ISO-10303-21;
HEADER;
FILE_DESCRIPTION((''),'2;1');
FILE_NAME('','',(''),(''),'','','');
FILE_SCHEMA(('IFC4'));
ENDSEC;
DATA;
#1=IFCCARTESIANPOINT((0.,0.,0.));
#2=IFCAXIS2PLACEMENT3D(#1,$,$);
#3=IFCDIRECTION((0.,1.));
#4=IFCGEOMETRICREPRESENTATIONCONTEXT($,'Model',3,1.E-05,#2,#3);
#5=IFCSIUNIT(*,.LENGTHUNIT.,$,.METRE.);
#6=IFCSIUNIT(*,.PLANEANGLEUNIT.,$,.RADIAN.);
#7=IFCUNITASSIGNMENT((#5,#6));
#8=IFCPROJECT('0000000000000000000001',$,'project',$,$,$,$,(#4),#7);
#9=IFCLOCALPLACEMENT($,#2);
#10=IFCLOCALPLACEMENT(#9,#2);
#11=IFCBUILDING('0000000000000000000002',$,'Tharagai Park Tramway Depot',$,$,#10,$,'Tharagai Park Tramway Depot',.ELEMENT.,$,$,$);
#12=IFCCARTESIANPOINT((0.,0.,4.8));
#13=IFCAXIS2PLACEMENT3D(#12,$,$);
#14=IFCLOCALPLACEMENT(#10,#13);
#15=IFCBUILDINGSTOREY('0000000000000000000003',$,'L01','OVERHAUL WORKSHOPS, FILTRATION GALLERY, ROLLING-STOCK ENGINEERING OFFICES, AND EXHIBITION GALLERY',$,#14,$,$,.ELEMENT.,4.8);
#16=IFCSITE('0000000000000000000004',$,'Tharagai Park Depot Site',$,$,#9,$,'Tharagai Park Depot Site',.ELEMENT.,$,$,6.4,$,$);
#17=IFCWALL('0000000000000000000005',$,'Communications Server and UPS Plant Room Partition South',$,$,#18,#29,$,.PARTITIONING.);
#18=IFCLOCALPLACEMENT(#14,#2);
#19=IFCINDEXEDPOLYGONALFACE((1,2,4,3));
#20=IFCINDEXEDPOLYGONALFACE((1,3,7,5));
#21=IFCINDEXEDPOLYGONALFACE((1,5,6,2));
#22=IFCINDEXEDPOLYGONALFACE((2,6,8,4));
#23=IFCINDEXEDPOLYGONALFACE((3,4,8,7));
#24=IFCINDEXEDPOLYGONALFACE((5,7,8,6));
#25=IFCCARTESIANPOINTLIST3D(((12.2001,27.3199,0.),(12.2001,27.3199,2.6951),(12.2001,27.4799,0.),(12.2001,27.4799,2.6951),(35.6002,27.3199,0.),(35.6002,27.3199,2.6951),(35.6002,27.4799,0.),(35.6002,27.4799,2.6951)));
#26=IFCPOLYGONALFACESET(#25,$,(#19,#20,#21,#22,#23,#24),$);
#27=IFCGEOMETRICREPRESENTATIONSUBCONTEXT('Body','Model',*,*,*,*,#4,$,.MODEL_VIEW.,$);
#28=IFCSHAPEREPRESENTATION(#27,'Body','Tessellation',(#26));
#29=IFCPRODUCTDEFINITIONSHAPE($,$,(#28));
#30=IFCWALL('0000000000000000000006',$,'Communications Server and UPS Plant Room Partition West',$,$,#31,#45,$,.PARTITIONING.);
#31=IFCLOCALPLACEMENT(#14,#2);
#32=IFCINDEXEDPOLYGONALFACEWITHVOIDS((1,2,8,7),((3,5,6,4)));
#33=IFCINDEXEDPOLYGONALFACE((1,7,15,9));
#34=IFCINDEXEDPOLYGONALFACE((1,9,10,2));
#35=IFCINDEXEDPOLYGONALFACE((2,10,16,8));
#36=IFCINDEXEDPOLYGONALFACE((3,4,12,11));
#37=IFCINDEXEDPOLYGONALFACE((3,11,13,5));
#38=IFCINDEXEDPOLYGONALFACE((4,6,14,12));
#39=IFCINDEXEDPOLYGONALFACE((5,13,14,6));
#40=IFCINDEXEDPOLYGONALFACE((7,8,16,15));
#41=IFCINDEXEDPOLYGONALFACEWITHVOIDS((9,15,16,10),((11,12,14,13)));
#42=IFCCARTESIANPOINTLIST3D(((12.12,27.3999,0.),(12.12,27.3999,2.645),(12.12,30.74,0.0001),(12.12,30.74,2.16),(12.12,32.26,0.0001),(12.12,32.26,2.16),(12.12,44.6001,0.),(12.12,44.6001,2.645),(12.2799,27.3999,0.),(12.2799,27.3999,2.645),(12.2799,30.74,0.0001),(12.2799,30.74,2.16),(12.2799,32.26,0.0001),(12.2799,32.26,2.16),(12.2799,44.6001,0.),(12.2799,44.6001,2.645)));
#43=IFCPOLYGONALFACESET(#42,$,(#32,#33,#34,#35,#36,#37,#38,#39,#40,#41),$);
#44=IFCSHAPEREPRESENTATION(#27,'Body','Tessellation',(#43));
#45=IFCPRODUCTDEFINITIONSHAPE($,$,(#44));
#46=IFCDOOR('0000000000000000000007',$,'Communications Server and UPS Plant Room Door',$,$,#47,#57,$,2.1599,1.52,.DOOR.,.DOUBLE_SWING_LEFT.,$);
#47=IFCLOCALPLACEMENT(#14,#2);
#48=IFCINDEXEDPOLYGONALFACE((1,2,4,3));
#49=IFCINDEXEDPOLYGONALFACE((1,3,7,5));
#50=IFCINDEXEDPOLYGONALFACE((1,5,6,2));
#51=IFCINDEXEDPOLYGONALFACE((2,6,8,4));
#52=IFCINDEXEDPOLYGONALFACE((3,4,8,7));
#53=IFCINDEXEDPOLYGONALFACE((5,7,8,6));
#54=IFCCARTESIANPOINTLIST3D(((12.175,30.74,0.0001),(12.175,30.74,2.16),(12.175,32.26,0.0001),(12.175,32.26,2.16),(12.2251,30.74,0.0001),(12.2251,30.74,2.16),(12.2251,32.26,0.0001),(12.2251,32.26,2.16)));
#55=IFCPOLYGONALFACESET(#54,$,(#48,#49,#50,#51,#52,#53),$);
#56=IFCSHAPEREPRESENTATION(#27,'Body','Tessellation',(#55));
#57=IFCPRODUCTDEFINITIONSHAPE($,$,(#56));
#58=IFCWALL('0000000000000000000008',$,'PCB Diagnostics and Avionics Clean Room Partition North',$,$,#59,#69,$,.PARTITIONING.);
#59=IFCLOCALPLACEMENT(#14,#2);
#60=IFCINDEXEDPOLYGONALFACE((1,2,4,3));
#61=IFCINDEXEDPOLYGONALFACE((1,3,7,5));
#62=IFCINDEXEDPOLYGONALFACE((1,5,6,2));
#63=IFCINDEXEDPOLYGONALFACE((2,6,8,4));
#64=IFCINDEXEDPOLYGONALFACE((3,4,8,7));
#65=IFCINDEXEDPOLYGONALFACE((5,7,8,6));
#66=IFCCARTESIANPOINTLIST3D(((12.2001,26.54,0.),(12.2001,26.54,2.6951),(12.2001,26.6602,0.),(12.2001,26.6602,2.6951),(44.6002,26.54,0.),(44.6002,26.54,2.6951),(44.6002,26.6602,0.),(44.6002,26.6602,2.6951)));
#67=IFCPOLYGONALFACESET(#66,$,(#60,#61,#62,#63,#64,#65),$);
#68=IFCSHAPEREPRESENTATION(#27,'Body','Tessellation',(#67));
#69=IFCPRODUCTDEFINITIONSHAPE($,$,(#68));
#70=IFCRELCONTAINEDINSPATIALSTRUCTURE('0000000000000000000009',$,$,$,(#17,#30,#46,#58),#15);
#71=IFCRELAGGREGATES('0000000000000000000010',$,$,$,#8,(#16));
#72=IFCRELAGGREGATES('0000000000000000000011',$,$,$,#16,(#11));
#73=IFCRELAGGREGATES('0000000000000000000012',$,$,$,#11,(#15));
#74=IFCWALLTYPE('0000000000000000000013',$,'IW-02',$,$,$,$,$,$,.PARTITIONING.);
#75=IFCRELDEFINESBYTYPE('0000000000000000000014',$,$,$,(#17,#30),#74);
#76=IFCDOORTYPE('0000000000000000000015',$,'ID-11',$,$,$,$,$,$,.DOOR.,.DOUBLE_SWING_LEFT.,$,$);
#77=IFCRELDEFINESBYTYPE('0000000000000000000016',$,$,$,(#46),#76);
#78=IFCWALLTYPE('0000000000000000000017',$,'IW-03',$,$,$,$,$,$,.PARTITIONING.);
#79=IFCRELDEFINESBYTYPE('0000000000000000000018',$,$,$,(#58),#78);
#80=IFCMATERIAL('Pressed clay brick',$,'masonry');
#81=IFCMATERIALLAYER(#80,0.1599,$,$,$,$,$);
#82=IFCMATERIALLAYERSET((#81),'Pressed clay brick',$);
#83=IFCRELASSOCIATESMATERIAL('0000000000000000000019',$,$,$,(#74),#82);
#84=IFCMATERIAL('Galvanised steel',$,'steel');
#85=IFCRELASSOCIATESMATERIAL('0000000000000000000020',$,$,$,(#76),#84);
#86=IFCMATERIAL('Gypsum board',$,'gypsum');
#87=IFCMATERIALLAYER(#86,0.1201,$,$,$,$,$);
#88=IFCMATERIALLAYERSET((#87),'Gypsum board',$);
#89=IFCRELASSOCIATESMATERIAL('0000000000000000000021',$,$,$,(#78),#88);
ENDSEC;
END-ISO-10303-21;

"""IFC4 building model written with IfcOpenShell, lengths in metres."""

from ifc_helpers import new_model, si_unit, direction, frame, frame_2d, origin, place, context, subcontext, project, spatial, rectangle, extrude, material, layer, layer_set, type_object, element, fill, save


model = new_model("IFC4")

# Units and contexts
model_context = context("Model", 3, precision=1e-05, world=origin(), true_north=direction((0.0, 1.0)))
body_context = subcontext(model_context, "Body", "Model", "MODEL_VIEW")
ifc_project = project(units=[si_unit("LENGTHUNIT", "METRE"), si_unit("PLANEANGLEUNIT", "RADIAN")], contexts=[model_context])

# Site, building, storey
site_placement = place(None, origin())
site = spatial("IfcSite", under=ifc_project, at=site_placement, Name="Tharagai Park Depot Site", LongName="Tharagai Park Depot Site", CompositionType="ELEMENT", RefElevation=6.4)
building_placement = place(site_placement, origin())
building = spatial("IfcBuilding", under=site, at=building_placement, Name="Tharagai Park Tramway Depot", LongName="Tharagai Park Tramway Depot", CompositionType="ELEMENT")
storey_placement = place(building_placement, frame((0.0, 0.0, 4.8)))
storey = spatial("IfcBuildingStorey", under=building, at=storey_placement, Name="L01", Description="OVERHAUL WORKSHOPS, FILTRATION GALLERY, ROLLING-STOCK ENGINEERING OFFICES, AND EXHIBITION GALLERY", CompositionType="ELEMENT", Elevation=4.8)

# Wall
ifc_material_1 = material(Name="Pressed clay brick", Category="masonry")
ifc_layer_1 = layer(ifc_material_1, 0.1599)
ifc_layer_set_1 = layer_set([ifc_layer_1], Name="Pressed clay brick")
wall_type_1 = type_object("IfcWallType", Name="IW-02", PredefinedType="PARTITIONING", material=ifc_layer_set_1)
wall_1_placement = place(storey_placement, frame((12.2, 27.3999, 0.0), z_axis=(0.0, 0.0, 1.0), x_axis=(1.0, 0.0, 0.0)))
element("IfcWall", 1, at=wall_1_placement, inside=storey, type_object=wall_type_1, Name="Communications Server and UPS Plant Room Partition South", PredefinedType="PARTITIONING", context=body_context, shape_type="SweptSolid", body=[
    extrude(rectangle(XDim=23.4001, YDim=0.1599, at=frame_2d((11.7002, 0.0))), origin(), (0.0, 0.0, 1.0), 2.6951),
])

# Wall, opening, door
wall_2_placement = place(storey_placement, frame((12.2, 27.3999, 0.0), z_axis=(0.0, 0.0, 1.0), x_axis=(0.0, 1.0, 0.0)))
wall_2 = element("IfcWall", 2, at=wall_2_placement, inside=storey, type_object=wall_type_1, Name="Communications Server and UPS Plant Room Partition West", PredefinedType="PARTITIONING", context=body_context, shape_type="SweptSolid", body=[
    extrude(rectangle(XDim=17.2002, YDim=0.1599, at=frame_2d((8.6001, 0.0))), origin(), (0.0, 0.0, 1.0), 2.645),
])
opening_placement = place(wall_2_placement, frame((3.3401, 0.0, 0.0)))
opening = element("IfcOpeningElement", 3, at=opening_placement, cuts=wall_2, PredefinedType="OPENING", context=body_context, shape_type="SweptSolid", body=[
    extrude(rectangle(XDim=1.52, YDim=2.1599, at=frame_2d((0.76, 1.0801))), frame((0.0, 0.0898, 0.0), z_axis=(0.0, -1.0, 0.0), x_axis=(1.0, 0.0, 0.0)), (0.0, 0.0, 1.0), 0.1799),
])
ifc_material_2 = material(Name="Galvanised steel", Category="steel")
door_type = type_object("IfcDoorType", Name="ID-11", OperationType="DOUBLE_SWING_LEFT", PredefinedType="DOOR", material=ifc_material_2)
door_placement = place(opening_placement, origin())
door = element("IfcDoor", 4, at=door_placement, inside=storey, type_object=door_type, Name="Communications Server and UPS Plant Room Door", OperationType="DOUBLE_SWING_LEFT", OverallHeight=2.1599, OverallWidth=1.52, PredefinedType="DOOR", context=body_context, shape_type="SweptSolid", body=[
    extrude(rectangle(XDim=1.52, YDim=2.1599, at=frame_2d((0.76, 1.0801))), frame((0.0, 0.0249, 0.0), z_axis=(0.0, -1.0, 0.0), x_axis=(1.0, 0.0, 0.0)), (0.0, 0.0, 1.0), 0.05),
])
fill(opening, door)

# Wall
ifc_material_3 = material(Name="Gypsum board", Category="gypsum")
ifc_layer_2 = layer(ifc_material_3, 0.1201)
ifc_layer_set_2 = layer_set([ifc_layer_2], Name="Gypsum board")
wall_type_2 = type_object("IfcWallType", Name="IW-03", PredefinedType="PARTITIONING", material=ifc_layer_set_2)
wall_3_placement = place(storey_placement, frame((12.2, 26.6001, 0.0), z_axis=(0.0, 0.0, 1.0), x_axis=(1.0, 0.0, 0.0)))
element("IfcWall", 5, at=wall_3_placement, inside=storey, type_object=wall_type_2, Name="PCB Diagnostics and Avionics Clean Room Partition North", PredefinedType="PARTITIONING", context=body_context, shape_type="SweptSolid", body=[
    extrude(rectangle(XDim=32.4001, YDim=0.1201, at=frame_2d((16.2002, 0.0))), origin(), (0.0, 0.0, 1.0), 2.6951),
])

save(model, "model.ifc")
